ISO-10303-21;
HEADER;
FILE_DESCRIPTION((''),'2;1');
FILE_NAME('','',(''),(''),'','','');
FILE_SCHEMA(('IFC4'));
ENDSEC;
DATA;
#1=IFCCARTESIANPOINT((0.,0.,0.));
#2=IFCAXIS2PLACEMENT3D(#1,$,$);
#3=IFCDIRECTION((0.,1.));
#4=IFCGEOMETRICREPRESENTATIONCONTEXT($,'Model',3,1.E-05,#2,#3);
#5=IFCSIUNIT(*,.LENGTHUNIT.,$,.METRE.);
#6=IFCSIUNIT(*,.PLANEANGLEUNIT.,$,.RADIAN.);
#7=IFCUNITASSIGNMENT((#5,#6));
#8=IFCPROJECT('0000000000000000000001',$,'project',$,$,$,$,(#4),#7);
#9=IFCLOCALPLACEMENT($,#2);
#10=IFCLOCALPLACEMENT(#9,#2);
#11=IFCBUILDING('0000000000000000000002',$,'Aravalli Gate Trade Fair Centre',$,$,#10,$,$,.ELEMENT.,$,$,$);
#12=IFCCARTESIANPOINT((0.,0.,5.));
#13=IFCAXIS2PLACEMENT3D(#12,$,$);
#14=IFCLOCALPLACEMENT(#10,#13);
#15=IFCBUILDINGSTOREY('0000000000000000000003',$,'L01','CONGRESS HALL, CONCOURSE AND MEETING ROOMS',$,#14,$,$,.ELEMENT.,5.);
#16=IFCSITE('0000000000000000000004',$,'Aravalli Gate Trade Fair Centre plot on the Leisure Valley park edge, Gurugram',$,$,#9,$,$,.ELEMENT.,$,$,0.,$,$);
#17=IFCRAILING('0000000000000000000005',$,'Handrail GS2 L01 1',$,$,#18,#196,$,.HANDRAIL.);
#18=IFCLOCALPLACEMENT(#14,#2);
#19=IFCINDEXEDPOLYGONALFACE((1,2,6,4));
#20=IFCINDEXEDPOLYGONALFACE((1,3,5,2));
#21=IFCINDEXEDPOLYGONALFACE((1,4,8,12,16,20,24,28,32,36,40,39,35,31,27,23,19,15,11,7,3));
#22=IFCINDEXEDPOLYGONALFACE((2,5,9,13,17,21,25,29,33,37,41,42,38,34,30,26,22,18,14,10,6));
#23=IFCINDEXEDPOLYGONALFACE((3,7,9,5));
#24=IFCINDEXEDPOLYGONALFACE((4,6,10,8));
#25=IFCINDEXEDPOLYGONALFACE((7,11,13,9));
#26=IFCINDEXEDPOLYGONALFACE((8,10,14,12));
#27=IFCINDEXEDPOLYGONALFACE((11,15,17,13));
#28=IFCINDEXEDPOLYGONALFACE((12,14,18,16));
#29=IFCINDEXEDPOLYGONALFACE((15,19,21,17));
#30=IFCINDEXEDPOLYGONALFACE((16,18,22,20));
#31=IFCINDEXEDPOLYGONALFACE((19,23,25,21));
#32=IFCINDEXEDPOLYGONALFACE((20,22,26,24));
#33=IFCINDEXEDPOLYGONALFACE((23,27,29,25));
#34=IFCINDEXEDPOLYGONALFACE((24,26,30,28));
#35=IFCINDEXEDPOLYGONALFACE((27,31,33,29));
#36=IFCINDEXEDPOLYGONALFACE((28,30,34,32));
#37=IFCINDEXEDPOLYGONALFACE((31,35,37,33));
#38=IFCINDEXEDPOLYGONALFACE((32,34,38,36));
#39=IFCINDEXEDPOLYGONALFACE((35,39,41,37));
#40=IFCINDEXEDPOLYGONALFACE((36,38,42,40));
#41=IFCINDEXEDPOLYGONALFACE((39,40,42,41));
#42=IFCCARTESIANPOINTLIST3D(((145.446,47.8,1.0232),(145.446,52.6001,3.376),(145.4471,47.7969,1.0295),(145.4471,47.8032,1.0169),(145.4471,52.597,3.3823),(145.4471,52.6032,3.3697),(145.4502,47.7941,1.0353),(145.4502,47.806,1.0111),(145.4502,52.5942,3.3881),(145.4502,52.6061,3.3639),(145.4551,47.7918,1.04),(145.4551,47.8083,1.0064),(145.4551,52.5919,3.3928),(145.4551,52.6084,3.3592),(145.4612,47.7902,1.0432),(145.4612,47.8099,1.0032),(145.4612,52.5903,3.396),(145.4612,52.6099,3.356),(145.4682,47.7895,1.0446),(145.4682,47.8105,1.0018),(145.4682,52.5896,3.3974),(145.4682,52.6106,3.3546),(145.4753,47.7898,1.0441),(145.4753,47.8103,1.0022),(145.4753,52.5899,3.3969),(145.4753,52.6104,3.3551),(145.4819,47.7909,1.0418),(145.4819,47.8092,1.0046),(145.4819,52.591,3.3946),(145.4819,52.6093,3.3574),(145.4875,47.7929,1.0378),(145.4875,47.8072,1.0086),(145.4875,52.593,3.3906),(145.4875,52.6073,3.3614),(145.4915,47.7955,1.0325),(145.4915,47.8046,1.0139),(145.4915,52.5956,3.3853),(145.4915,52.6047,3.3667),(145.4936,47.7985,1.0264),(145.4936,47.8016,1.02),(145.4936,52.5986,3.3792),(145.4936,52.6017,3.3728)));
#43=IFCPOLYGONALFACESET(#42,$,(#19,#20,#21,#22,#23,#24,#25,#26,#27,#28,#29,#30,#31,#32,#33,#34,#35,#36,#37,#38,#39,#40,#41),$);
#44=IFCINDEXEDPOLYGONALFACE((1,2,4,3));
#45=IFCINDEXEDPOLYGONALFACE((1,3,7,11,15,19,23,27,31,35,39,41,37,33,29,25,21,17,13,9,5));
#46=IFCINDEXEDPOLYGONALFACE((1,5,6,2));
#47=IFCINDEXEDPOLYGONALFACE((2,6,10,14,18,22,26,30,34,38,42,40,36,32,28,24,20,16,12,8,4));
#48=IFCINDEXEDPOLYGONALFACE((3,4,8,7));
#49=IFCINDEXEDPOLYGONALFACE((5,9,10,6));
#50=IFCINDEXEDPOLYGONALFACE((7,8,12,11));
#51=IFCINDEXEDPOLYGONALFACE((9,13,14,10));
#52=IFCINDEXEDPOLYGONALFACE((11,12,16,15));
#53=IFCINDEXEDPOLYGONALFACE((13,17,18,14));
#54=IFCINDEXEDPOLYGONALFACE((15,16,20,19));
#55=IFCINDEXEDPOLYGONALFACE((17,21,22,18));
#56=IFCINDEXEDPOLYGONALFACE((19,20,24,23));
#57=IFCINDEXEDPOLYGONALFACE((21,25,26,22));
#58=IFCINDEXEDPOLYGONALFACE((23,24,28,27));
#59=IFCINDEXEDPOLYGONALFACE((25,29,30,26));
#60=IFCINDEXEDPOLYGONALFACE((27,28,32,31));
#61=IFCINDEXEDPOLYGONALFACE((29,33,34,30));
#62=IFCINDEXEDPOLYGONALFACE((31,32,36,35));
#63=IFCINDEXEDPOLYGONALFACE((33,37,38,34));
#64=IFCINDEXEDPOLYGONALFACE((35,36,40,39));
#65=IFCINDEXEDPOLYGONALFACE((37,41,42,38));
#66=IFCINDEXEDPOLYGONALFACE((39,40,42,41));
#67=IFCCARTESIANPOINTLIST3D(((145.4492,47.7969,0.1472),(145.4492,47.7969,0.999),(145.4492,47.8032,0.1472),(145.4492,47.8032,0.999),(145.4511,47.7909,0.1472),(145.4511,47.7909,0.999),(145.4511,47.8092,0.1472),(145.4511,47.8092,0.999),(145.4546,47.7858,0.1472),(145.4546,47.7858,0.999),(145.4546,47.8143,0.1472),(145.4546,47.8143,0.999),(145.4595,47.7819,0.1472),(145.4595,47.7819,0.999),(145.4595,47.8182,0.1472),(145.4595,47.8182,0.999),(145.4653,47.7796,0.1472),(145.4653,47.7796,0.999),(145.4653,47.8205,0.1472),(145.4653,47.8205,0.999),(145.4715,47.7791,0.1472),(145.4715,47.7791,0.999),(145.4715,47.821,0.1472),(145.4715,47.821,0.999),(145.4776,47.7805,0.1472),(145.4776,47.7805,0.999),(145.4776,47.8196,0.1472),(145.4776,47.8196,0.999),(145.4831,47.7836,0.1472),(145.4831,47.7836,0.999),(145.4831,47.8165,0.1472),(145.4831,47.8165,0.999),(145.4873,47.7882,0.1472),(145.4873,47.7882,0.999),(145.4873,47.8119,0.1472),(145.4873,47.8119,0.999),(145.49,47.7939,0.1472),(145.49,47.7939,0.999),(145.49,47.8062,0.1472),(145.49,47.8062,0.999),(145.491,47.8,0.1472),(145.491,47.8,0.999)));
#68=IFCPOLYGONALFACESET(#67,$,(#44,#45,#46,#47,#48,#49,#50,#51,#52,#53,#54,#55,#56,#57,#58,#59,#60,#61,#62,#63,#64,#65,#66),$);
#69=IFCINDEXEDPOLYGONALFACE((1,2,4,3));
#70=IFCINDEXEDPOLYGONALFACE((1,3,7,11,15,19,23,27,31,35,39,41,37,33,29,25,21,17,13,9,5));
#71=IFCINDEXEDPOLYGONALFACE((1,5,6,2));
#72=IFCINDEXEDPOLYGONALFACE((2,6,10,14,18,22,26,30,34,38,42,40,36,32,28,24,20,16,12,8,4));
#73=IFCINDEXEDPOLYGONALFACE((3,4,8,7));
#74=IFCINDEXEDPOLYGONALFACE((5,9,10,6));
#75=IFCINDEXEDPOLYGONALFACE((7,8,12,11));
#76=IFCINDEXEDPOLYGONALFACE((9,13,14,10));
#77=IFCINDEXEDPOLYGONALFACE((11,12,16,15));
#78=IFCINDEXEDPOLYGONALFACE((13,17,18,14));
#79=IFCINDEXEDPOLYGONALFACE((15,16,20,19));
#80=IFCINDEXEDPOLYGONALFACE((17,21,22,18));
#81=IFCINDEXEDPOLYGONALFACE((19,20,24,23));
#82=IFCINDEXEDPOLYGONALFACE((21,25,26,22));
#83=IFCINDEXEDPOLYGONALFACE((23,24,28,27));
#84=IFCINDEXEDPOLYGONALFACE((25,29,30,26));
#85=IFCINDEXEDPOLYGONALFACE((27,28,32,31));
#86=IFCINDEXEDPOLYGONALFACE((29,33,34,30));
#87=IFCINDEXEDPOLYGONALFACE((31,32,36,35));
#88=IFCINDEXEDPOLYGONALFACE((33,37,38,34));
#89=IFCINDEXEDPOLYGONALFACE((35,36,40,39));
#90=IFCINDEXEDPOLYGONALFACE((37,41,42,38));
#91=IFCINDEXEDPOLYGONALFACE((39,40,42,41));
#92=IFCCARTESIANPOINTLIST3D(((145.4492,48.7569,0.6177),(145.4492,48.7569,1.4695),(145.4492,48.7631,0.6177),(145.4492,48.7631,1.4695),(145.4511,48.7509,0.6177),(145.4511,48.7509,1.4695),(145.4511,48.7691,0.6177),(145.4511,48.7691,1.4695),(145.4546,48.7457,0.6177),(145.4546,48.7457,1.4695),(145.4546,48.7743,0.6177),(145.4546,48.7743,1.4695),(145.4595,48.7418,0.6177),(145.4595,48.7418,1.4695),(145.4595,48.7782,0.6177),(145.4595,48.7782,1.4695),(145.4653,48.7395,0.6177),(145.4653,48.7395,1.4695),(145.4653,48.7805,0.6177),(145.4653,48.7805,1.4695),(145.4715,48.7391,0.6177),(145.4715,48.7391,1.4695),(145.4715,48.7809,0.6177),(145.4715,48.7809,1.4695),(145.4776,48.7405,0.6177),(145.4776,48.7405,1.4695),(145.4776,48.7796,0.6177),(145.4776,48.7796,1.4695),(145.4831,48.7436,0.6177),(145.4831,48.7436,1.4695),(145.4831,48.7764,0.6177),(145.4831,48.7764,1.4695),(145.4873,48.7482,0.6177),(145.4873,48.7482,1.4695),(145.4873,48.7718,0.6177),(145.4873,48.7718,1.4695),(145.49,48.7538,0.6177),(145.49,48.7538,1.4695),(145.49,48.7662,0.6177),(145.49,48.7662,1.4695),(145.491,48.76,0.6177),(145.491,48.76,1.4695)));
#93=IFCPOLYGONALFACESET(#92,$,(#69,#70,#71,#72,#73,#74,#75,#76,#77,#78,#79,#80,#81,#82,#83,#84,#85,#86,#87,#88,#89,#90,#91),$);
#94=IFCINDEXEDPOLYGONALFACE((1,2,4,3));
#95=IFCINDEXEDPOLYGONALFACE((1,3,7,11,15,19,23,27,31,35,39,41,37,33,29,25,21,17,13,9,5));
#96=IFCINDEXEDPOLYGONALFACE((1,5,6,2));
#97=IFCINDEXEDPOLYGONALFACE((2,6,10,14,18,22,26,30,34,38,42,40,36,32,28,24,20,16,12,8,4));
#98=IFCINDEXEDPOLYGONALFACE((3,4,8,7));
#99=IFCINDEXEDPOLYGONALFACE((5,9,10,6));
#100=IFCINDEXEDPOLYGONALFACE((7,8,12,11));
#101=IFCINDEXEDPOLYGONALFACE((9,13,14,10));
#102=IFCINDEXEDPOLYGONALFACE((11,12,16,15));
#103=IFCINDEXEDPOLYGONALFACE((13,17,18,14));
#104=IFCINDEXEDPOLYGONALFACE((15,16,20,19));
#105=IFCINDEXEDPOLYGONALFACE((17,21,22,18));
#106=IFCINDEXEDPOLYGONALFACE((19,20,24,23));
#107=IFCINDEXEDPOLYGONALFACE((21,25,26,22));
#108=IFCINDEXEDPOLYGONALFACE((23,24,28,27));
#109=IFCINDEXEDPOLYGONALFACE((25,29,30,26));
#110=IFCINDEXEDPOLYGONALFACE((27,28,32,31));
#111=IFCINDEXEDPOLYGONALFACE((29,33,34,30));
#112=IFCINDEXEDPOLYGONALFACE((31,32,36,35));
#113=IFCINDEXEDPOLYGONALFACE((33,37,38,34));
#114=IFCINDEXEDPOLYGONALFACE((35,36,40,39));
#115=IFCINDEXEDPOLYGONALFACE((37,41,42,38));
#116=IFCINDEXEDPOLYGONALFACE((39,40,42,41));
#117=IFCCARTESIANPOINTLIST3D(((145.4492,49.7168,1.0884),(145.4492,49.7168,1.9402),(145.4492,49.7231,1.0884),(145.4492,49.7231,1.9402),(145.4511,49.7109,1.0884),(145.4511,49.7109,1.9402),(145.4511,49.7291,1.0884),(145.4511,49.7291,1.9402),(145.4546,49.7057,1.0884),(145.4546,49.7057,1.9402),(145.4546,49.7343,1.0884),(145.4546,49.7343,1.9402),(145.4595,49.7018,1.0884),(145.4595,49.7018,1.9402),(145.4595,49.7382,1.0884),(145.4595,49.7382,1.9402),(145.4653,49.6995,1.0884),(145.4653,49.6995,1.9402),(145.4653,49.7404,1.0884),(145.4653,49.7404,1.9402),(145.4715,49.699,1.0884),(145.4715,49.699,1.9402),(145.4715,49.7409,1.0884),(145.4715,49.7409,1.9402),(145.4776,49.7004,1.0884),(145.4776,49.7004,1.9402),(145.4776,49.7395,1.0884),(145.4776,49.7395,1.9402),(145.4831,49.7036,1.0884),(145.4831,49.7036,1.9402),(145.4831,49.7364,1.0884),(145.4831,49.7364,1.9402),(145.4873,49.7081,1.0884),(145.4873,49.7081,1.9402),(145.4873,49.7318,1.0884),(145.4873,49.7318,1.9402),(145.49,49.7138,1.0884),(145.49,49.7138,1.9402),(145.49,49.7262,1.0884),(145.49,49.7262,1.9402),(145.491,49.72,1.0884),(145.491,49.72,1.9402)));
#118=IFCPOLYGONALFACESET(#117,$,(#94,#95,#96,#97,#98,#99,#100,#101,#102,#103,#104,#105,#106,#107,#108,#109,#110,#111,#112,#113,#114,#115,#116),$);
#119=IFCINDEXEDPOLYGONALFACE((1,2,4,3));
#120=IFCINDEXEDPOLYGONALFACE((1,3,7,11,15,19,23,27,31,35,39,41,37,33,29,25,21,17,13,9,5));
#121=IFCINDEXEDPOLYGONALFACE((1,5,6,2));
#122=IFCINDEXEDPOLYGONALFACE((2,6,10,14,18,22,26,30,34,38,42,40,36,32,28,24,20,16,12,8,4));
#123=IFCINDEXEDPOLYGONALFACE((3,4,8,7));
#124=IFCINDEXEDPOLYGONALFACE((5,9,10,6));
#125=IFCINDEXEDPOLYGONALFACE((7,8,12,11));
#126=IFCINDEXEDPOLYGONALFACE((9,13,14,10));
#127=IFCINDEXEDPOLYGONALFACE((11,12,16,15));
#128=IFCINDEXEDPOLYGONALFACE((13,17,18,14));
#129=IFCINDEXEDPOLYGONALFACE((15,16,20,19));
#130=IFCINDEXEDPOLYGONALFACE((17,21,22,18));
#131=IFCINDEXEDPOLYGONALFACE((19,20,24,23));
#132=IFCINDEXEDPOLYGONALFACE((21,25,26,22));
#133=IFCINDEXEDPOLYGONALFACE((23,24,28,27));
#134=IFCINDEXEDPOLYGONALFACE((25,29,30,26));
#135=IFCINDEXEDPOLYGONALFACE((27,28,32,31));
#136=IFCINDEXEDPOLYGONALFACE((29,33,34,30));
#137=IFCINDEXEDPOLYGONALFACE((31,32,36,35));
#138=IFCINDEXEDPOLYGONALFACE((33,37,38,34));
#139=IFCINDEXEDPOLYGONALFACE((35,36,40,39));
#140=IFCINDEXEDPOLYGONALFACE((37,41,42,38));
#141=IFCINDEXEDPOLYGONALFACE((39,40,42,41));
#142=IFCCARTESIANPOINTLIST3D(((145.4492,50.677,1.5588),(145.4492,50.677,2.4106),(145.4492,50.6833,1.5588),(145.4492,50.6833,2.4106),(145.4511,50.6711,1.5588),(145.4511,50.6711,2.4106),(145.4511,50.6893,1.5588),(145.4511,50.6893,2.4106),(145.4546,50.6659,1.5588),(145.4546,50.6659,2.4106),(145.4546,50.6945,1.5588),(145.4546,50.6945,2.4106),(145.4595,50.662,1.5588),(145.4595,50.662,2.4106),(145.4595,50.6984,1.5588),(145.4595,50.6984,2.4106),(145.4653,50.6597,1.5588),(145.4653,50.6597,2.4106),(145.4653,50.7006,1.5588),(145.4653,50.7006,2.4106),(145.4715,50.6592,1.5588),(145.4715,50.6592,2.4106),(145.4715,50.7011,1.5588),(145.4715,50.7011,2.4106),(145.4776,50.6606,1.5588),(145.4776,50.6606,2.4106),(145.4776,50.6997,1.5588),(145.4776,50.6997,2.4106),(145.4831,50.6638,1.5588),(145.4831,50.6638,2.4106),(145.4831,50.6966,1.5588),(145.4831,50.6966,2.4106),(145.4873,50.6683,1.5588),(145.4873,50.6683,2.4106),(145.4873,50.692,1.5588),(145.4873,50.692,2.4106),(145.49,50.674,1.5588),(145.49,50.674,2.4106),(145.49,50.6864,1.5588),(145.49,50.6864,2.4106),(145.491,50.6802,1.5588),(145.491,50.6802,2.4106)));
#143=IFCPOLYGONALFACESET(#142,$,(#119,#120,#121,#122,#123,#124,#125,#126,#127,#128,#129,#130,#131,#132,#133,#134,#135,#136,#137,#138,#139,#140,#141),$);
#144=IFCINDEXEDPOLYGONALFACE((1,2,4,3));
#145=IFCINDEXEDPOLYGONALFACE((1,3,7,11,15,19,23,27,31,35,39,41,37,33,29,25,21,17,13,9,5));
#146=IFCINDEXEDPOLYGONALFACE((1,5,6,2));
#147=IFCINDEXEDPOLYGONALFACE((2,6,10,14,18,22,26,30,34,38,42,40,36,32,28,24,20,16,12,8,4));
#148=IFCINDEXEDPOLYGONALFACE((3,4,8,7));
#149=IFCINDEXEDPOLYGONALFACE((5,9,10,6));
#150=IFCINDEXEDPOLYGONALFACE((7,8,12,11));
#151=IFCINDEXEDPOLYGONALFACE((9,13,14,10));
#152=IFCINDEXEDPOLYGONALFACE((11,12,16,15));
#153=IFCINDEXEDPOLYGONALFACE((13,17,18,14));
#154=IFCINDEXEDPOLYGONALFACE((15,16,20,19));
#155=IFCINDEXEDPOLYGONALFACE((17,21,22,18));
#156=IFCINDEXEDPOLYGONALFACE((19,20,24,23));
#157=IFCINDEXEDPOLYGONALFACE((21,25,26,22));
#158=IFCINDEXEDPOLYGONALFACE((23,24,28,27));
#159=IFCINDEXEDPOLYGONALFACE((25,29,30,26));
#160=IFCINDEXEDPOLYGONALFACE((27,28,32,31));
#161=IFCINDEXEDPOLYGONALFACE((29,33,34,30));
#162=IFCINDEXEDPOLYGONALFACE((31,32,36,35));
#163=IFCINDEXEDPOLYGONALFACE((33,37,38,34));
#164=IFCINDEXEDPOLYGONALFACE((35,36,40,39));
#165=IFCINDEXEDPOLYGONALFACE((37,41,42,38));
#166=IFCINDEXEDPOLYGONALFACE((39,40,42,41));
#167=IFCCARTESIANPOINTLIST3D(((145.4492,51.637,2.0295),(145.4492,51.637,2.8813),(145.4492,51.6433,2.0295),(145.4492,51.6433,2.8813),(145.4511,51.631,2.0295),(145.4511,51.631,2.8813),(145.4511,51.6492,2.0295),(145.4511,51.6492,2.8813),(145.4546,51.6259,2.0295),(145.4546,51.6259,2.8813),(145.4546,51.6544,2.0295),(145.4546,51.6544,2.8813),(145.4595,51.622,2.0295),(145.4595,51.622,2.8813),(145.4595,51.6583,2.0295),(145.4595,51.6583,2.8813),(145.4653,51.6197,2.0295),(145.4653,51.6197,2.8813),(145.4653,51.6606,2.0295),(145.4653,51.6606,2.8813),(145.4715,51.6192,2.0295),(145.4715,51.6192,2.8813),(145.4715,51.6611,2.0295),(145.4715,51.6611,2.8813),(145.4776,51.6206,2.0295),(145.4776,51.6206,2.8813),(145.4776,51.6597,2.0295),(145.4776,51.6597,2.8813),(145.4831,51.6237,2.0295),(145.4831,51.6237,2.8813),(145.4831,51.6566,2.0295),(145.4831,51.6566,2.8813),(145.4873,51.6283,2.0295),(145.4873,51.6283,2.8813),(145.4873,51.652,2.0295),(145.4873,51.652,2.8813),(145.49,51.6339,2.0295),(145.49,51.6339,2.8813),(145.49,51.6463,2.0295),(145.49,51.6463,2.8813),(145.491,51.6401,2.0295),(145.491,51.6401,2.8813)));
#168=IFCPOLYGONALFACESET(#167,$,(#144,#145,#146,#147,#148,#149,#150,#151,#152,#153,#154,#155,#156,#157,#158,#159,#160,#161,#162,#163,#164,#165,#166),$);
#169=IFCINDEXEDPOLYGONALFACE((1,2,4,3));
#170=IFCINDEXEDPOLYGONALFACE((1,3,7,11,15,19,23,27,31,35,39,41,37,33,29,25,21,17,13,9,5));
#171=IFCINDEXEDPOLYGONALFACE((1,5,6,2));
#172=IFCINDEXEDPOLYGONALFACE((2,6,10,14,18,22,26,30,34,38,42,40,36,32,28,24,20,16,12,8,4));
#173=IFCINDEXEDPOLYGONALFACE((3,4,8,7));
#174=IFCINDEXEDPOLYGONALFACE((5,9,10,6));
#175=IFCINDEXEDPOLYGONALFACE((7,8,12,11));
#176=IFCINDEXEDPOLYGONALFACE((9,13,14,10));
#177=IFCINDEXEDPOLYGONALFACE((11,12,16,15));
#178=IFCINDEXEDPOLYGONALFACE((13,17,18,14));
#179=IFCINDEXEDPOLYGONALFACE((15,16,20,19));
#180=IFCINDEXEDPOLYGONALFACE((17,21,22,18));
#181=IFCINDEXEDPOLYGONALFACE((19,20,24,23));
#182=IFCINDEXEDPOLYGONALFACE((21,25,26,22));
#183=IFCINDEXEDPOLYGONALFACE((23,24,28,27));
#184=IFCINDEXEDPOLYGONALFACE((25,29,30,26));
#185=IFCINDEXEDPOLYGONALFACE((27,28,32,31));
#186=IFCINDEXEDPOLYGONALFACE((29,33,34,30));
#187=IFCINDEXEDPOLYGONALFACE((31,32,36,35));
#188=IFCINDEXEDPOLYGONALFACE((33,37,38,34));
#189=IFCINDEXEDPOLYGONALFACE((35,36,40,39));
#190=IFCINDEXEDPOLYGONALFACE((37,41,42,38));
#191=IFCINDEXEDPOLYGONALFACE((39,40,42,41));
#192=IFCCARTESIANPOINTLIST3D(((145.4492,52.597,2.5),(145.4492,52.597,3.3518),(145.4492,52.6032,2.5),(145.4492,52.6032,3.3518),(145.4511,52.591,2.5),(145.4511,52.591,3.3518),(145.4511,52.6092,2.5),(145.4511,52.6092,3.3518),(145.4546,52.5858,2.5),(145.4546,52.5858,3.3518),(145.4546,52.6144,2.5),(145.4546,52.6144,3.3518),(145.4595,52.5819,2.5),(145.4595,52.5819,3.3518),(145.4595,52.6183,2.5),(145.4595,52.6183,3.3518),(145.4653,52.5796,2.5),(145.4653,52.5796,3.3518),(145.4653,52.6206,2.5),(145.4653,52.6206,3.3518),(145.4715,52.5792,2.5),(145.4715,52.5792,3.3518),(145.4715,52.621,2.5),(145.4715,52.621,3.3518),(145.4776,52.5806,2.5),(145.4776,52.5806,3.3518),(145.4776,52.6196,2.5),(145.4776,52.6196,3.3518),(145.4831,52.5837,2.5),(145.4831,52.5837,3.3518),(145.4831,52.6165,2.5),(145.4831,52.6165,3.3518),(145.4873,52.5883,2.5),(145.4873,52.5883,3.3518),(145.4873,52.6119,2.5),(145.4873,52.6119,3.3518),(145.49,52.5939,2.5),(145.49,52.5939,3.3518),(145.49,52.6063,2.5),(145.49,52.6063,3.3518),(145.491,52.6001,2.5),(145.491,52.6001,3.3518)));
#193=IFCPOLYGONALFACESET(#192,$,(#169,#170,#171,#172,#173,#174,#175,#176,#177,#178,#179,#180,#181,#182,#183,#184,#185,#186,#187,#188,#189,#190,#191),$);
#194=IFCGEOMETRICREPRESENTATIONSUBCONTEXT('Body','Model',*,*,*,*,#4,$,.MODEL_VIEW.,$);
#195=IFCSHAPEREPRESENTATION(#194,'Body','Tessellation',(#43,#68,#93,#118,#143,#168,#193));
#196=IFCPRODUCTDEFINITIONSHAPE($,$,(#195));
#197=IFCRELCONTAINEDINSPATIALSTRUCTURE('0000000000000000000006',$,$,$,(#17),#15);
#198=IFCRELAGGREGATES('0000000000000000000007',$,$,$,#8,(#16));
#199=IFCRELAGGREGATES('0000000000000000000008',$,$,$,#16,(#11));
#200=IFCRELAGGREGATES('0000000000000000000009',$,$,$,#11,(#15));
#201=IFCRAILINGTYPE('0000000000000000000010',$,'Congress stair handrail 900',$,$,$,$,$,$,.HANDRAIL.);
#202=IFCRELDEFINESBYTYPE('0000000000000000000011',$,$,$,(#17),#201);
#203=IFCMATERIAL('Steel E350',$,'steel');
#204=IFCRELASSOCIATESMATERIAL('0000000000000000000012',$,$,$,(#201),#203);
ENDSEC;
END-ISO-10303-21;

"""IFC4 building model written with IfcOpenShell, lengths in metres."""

from ifc_helpers import new_model, si_unit, direction, frame, origin, origin_2d, place, context, subcontext, project, spatial, circle, extrude, material, type_object, element, save


model = new_model("IFC4")

# Units and contexts
model_context = context("Model", 3, precision=1e-05, world=origin(), true_north=direction((0.0, 1.0)))
body_context = subcontext(model_context, "Body", "Model", "MODEL_VIEW")
ifc_project = project(units=[si_unit("LENGTHUNIT", "METRE"), si_unit("PLANEANGLEUNIT", "RADIAN")], contexts=[model_context])

# Site, building, storey
site_placement = place(None, origin())
site = spatial("IfcSite", under=ifc_project, at=site_placement, Name="Aravalli Gate Trade Fair Centre plot on the Leisure Valley park edge, Gurugram", CompositionType="ELEMENT", RefElevation=0.0)
building_placement = place(site_placement, origin())
building = spatial("IfcBuilding", under=site, at=building_placement, Name="Aravalli Gate Trade Fair Centre", CompositionType="ELEMENT")
storey_placement = place(building_placement, frame((0.0, 0.0, 5.0)))
storey = spatial("IfcBuildingStorey", under=building, at=storey_placement, Name="L01", Description="CONGRESS HALL, CONCOURSE AND MEETING ROOMS", CompositionType="ELEMENT", Elevation=5.0)

# Railing
ifc_material_1 = material(Name="Steel E350", Category="steel")
railing_type = type_object("IfcRailingType", Name="Congress stair handrail 900", PredefinedType="HANDRAIL", material=ifc_material_1)
for number, where, name in (
    (1, (145.47, 47.8, 0.1472), "Handrail GS2 L01 1"),
):
    element("IfcRailing", number, at=place(storey_placement, frame(where)), inside=storey, type_object=railing_type, Name=name, PredefinedType="HANDRAIL", context=body_context, shape_type="SweptSolid", body=[
        extrude(circle(Radius=0.0239, at=origin_2d()), frame((0.0, 0.0, 0.876), z_axis=(0.0, 0.897934, 0.44013), x_axis=(-1.0, 0.0, 0.0)), (0.0, 0.0, 1.0), 5.3457),
        extrude(circle(Radius=0.021, at=origin_2d()), origin(), (0.0, 0.0, 1.0), 0.8518),
        extrude(circle(Radius=0.021, at=origin_2d()), frame((0.0, 0.96, 0.4705)), (0.0, 0.0, 1.0), 0.8518),
        extrude(circle(Radius=0.021, at=origin_2d()), frame((0.0, 1.9199, 0.9412)), (0.0, 0.0, 1.0), 0.8518),
        extrude(circle(Radius=0.021, at=origin_2d()), frame((0.0, 2.8801, 1.4116)), (0.0, 0.0, 1.0), 0.8518),
        extrude(circle(Radius=0.021, at=origin_2d()), frame((0.0, 3.8401, 1.8823)), (0.0, 0.0, 1.0), 0.8518),
        extrude(circle(Radius=0.021, at=origin_2d()), frame((0.0, 4.8, 2.3528)), (0.0, 0.0, 1.0), 0.8518),
    ])

save(model, "model.ifc")
